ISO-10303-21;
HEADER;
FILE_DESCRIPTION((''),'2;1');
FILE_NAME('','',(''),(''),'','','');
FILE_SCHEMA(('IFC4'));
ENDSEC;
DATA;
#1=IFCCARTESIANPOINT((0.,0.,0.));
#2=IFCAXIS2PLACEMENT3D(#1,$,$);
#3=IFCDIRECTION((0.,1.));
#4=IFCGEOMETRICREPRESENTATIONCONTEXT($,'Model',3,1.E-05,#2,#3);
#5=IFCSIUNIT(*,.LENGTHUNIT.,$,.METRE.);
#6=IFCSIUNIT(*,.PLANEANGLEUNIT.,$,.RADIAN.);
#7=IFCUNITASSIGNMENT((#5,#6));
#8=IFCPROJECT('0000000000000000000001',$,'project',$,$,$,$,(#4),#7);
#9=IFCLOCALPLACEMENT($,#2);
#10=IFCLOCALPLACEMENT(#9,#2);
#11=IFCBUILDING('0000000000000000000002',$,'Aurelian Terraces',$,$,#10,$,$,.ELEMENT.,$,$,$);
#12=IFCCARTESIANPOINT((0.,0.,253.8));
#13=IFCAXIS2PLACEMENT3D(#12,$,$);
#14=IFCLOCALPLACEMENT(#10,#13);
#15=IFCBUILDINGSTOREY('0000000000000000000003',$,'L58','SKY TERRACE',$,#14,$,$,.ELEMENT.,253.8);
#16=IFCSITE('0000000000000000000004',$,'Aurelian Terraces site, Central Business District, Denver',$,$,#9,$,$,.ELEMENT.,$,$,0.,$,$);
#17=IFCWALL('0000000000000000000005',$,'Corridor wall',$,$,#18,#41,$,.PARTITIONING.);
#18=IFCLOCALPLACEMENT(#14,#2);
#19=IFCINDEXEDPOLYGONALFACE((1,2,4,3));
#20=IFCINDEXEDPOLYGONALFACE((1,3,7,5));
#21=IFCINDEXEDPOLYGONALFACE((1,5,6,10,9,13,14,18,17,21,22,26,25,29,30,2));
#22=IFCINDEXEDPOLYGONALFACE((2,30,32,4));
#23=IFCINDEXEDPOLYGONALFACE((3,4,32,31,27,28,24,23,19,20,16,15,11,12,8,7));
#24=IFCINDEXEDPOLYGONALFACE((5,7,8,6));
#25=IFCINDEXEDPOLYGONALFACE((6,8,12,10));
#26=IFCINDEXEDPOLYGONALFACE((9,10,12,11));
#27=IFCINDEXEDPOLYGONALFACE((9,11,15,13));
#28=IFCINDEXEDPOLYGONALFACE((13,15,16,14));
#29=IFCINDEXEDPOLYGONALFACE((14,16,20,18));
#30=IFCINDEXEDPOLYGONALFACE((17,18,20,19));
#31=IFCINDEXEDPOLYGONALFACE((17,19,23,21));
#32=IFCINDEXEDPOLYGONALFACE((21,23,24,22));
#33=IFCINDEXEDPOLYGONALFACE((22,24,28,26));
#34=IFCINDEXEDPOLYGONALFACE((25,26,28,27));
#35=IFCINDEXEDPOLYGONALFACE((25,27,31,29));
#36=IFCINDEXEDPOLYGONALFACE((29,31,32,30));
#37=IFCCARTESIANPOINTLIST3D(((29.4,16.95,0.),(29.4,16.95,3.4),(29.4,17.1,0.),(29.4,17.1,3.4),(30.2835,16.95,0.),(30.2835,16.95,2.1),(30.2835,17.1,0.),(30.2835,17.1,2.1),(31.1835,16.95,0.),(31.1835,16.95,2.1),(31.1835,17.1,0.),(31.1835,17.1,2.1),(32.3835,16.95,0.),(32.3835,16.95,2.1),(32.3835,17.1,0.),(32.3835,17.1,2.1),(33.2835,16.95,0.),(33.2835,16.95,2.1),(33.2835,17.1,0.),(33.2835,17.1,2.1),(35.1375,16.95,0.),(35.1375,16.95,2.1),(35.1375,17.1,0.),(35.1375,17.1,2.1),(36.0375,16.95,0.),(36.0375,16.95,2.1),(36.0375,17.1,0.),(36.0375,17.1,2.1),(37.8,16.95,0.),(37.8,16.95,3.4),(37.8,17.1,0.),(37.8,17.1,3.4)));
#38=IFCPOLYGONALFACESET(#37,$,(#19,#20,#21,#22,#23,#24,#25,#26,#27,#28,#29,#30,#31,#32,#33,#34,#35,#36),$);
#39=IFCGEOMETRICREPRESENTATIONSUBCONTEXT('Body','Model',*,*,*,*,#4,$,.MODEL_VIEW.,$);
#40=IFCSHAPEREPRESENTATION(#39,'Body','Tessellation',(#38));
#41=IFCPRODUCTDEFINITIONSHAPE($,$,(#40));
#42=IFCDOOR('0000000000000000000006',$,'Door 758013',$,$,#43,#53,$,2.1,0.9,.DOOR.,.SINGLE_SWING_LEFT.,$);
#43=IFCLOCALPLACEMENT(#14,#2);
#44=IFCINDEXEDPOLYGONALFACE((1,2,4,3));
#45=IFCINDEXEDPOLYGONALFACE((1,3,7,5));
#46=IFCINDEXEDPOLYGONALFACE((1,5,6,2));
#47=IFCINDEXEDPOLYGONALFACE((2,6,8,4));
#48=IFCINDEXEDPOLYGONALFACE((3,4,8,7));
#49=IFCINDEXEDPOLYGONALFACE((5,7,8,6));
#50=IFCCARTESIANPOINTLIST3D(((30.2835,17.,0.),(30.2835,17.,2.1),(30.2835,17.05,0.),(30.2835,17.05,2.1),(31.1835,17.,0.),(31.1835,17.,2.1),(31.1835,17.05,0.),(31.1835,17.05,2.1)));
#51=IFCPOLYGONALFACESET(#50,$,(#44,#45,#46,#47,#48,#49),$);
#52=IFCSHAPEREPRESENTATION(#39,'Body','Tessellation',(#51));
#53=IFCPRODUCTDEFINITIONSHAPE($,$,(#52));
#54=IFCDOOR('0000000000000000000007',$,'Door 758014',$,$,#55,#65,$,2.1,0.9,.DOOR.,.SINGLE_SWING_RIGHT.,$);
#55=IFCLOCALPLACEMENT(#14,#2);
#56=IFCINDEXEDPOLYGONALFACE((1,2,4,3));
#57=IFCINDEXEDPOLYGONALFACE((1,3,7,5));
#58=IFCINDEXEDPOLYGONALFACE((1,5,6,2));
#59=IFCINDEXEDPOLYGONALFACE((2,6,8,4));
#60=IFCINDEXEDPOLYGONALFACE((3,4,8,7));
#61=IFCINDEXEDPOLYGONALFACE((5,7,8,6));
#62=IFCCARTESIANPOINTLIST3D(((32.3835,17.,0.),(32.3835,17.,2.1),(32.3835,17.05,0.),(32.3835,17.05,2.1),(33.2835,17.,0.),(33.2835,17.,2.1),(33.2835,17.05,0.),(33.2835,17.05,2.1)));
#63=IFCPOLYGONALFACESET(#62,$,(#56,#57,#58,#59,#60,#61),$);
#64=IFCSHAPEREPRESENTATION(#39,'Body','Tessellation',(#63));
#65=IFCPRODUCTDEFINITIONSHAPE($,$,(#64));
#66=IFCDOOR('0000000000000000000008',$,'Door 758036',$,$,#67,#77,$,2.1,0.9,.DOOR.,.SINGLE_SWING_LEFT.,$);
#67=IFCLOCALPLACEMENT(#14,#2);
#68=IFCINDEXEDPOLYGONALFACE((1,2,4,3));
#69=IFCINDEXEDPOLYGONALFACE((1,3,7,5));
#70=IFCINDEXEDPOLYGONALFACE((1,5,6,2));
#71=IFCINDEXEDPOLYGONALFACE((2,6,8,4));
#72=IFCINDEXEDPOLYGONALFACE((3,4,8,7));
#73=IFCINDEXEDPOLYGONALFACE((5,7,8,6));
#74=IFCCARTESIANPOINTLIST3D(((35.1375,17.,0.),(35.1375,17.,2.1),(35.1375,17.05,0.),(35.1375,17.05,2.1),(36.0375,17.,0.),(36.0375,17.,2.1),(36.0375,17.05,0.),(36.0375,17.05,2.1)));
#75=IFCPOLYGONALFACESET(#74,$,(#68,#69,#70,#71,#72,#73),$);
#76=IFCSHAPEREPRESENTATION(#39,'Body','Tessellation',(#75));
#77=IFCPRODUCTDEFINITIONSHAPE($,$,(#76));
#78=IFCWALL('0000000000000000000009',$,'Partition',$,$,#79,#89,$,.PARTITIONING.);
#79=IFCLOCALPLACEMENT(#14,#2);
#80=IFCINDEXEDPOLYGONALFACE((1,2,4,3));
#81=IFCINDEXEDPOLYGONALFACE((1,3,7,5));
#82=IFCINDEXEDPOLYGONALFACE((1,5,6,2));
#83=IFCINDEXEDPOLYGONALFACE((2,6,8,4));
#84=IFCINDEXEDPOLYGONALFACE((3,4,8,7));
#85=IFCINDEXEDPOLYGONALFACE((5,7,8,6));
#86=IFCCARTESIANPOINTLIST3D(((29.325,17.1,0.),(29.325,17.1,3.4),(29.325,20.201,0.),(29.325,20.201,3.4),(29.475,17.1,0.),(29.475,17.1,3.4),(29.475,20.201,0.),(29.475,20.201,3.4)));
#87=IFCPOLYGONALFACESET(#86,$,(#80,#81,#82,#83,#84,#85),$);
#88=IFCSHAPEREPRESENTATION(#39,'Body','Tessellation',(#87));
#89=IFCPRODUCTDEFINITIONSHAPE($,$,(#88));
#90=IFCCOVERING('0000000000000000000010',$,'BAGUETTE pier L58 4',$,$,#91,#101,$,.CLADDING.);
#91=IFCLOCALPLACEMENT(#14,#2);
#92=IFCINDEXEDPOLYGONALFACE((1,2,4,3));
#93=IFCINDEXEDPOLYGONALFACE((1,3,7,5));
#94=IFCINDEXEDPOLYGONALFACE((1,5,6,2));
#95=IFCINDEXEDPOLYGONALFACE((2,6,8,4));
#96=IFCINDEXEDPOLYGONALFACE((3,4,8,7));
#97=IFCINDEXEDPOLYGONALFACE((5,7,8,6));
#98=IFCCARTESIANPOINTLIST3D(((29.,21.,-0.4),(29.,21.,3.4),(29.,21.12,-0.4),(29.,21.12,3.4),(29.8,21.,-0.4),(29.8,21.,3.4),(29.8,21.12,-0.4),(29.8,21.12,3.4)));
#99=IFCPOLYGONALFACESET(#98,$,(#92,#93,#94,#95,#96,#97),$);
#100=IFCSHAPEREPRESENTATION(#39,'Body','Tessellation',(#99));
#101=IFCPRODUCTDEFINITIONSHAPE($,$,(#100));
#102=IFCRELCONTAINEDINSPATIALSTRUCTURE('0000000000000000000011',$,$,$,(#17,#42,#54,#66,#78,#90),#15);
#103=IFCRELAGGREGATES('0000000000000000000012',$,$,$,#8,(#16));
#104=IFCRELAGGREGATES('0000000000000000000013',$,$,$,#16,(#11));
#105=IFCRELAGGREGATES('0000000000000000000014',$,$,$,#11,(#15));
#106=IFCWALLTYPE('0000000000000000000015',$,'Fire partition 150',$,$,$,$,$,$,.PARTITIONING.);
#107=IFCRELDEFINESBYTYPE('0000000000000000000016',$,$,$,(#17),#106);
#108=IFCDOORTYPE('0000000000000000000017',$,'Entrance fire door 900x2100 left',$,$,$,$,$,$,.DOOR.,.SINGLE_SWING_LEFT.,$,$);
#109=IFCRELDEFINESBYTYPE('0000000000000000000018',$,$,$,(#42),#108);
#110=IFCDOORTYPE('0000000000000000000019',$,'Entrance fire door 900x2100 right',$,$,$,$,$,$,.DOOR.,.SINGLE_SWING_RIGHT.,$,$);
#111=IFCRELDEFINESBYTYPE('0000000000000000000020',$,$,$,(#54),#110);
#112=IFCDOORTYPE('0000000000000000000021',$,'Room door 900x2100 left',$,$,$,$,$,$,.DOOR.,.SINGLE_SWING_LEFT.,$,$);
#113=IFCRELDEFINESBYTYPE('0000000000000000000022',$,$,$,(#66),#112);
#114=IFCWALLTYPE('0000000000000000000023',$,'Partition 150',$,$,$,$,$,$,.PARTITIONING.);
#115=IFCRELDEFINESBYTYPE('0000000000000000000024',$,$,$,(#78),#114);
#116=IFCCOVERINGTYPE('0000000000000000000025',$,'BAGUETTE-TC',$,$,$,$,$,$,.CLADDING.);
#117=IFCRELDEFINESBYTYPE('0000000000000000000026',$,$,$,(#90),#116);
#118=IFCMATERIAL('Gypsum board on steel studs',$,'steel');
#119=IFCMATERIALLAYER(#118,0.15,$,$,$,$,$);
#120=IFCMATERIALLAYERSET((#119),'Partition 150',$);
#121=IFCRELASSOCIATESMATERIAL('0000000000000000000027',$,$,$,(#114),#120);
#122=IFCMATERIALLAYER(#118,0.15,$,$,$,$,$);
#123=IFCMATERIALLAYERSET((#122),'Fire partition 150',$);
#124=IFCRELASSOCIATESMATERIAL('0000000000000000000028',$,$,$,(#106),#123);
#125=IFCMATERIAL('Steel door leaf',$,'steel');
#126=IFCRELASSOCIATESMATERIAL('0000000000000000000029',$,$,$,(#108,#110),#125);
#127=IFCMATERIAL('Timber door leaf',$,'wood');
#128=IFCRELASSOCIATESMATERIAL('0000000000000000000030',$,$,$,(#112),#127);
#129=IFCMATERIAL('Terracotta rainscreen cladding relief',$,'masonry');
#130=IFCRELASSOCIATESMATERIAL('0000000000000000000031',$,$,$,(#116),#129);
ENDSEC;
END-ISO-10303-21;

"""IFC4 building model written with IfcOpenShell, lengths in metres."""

from ifc_helpers import new_model, si_unit, direction, frame, frame_2d, origin, origin_2d, place, context, subcontext, project, spatial, rectangle, extrude, source, transform, mapped, material, layer, layer_set, type_object, element, fill, save


model = new_model("IFC4")

# Units and contexts
model_context = context("Model", 3, precision=1e-05, world=origin(), true_north=direction((0.0, 1.0)))
body_context = subcontext(model_context, "Body", "Model", "MODEL_VIEW")
ifc_project = project(units=[si_unit("LENGTHUNIT", "METRE"), si_unit("PLANEANGLEUNIT", "RADIAN")], contexts=[model_context])

# Site, building, storey
site_placement = place(None, origin())
site = spatial("IfcSite", under=ifc_project, at=site_placement, Name="Aurelian Terraces site, Central Business District, Denver", CompositionType="ELEMENT", RefElevation=0.0)
building_placement = place(site_placement, origin())
building = spatial("IfcBuilding", under=site, at=building_placement, Name="Aurelian Terraces", CompositionType="ELEMENT")
storey_placement = place(building_placement, frame((0.0, 0.0, 253.8)))
storey = spatial("IfcBuildingStorey", under=building, at=storey_placement, Name="L58", Description="SKY TERRACE", CompositionType="ELEMENT", Elevation=253.8)

# Shared definitions
ifc_material_1 = material(Name="Gypsum board on steel studs", Category="steel")
ifc_layer_1 = layer(ifc_material_1, 0.15)
ifc_layer_set_1 = layer_set([ifc_layer_1], Name="Partition 150")
wall_type_1 = type_object("IfcWallType", Name="Partition 150", PredefinedType="PARTITIONING", material=ifc_layer_set_1)
ifc_layer_2 = layer(ifc_material_1, 0.15)
ifc_layer_set_2 = layer_set([ifc_layer_2], Name="Fire partition 150")
wall_type_2 = type_object("IfcWallType", Name="Fire partition 150", PredefinedType="PARTITIONING", material=ifc_layer_set_2)

# Wall, openings, doors
shared_shape_1 = source(origin(), body_context, "Body", "SweptSolid", [
    extrude(rectangle(XDim=8.4, YDim=0.15, at=frame_2d((4.2, 0.0))), origin(), (0.0, 0.0, 1.0), 3.4),
])
wall_1_placement = place(storey_placement, frame((29.4, 17.025, 0.0), z_axis=(0.0, 0.0, 1.0), x_axis=(1.0, 0.0, 0.0)))
wall_1 = element("IfcWall", 1, at=wall_1_placement, inside=storey, type_object=wall_type_2, Name="Corridor wall", PredefinedType="PARTITIONING", context=body_context, shape_type="MappedRepresentation", body=[
    mapped(shared_shape_1, transform((0.0, 0.0, 0.0), scale=1.0)),
])
shared_shape_2 = source(origin(), body_context, "Body", "SweptSolid", [
    extrude(rectangle(XDim=0.9, YDim=2.1, at=frame_2d((0.45, 1.05))), frame((0.0, 0.085, 0.0), z_axis=(0.0, -1.0, 0.0), x_axis=(1.0, 0.0, 0.0)), (0.0, 0.0, 1.0), 0.17),
])
opening_1_placement = place(wall_1_placement, frame((0.8835, 0.0, 0.0)))
opening_1 = element("IfcOpeningElement", 2, at=opening_1_placement, cuts=wall_1, PredefinedType="OPENING", context=body_context, shape_type="MappedRepresentation", body=[
    mapped(shared_shape_2, transform((0.0, 0.0, 0.0), scale=1.0)),
])
opening_2_placement = place(wall_1_placement, frame((2.9835, 0.0, 0.0)))
opening_2 = element("IfcOpeningElement", 3, at=opening_2_placement, cuts=wall_1, PredefinedType="OPENING", context=body_context, shape_type="MappedRepresentation", body=[
    mapped(shared_shape_2, transform((0.0, 0.0, 0.0), scale=1.0)),
])
opening_3_placement = place(wall_1_placement, frame((5.7375, 0.0, 0.0)))
opening_3 = element("IfcOpeningElement", 4, at=opening_3_placement, cuts=wall_1, PredefinedType="OPENING", context=body_context, shape_type="MappedRepresentation", body=[
    mapped(shared_shape_2, transform((0.0, 0.0, 0.0), scale=1.0)),
])
ifc_material_2 = material(Name="Steel door leaf", Category="steel")
door_type_1 = type_object("IfcDoorType", Name="Entrance fire door 900x2100 left", OperationType="SINGLE_SWING_LEFT", PredefinedType="DOOR", material=ifc_material_2)
shared_shape_3 = source(origin(), body_context, "Body", "SweptSolid", [
    extrude(rectangle(XDim=0.9, YDim=2.1, at=frame_2d((0.45, 1.05))), frame((0.0, 0.025, 0.0), z_axis=(0.0, -1.0, 0.0), x_axis=(1.0, 0.0, 0.0)), (0.0, 0.0, 1.0), 0.05),
])
door_1_placement = place(opening_1_placement, origin())
door_1 = element("IfcDoor", 5, at=door_1_placement, inside=storey, type_object=door_type_1, Name="Door 758013", OperationType="SINGLE_SWING_LEFT", OverallHeight=2.1, OverallWidth=0.9, PredefinedType="DOOR", context=body_context, shape_type="MappedRepresentation", body=[
    mapped(shared_shape_3, transform((0.0, 0.0, 0.0), scale=1.0)),
])
fill(opening_1, door_1)
door_type_2 = type_object("IfcDoorType", Name="Entrance fire door 900x2100 right", OperationType="SINGLE_SWING_RIGHT", PredefinedType="DOOR", material=ifc_material_2)
door_2_placement = place(opening_2_placement, origin())
door_2 = element("IfcDoor", 6, at=door_2_placement, inside=storey, type_object=door_type_2, Name="Door 758014", OperationType="SINGLE_SWING_RIGHT", OverallHeight=2.1, OverallWidth=0.9, PredefinedType="DOOR", context=body_context, shape_type="MappedRepresentation", body=[
    mapped(shared_shape_3, transform((0.0, 0.0, 0.0), scale=1.0)),
])
fill(opening_2, door_2)
ifc_material_3 = material(Name="Timber door leaf", Category="wood")
door_type_3 = type_object("IfcDoorType", Name="Room door 900x2100 left", OperationType="SINGLE_SWING_LEFT", PredefinedType="DOOR", material=ifc_material_3)
door_3_placement = place(opening_3_placement, origin())
door_3 = element("IfcDoor", 7, at=door_3_placement, inside=storey, type_object=door_type_3, Name="Door 758036", OperationType="SINGLE_SWING_LEFT", OverallHeight=2.1, OverallWidth=0.9, PredefinedType="DOOR", context=body_context, shape_type="MappedRepresentation", body=[
    mapped(shared_shape_3, transform((0.0, 0.0, 0.0), scale=1.0)),
])
fill(opening_3, door_3)

# Wall
shared_shape_4 = source(origin(), body_context, "Body", "SweptSolid", [
    extrude(rectangle(XDim=3.101, YDim=0.15, at=frame_2d((1.5505, 0.0))), origin(), (0.0, 0.0, 1.0), 3.4),
])
wall_2_placement = place(storey_placement, frame((29.4, 17.1, 0.0), z_axis=(0.0, 0.0, 1.0), x_axis=(0.0, 1.0, 0.0)))
element("IfcWall", 8, at=wall_2_placement, inside=storey, type_object=wall_type_1, Name="Partition", PredefinedType="PARTITIONING", context=body_context, shape_type="MappedRepresentation", body=[
    mapped(shared_shape_4, transform((0.0, 0.0, 0.0), scale=1.0)),
])

# Covering
ifc_material_4 = material(Name="Terracotta rainscreen cladding relief", Category="masonry")
covering_type = type_object("IfcCoveringType", Name="BAGUETTE-TC", PredefinedType="CLADDING", material=ifc_material_4)
shared_shape_5 = source(origin(), body_context, "Body", "SweptSolid", [
    extrude(rectangle(XDim=0.8, YDim=0.12, at=origin_2d()), origin(), (0.0, 0.0, 1.0), 3.8),
])
covering_placement = place(storey_placement, frame((29.4, 21.06, -0.4), z_axis=(0.0, 0.0, 1.0), x_axis=(1.0, 0.0, 0.0)))
element("IfcCovering", 9, at=covering_placement, inside=storey, type_object=covering_type, Name="BAGUETTE pier L58 4", PredefinedType="CLADDING", context=body_context, shape_type="MappedRepresentation", body=[
    mapped(shared_shape_5, transform((0.0, 0.0, 0.0), scale=1.0)),
])

save(model, "model.ifc")
